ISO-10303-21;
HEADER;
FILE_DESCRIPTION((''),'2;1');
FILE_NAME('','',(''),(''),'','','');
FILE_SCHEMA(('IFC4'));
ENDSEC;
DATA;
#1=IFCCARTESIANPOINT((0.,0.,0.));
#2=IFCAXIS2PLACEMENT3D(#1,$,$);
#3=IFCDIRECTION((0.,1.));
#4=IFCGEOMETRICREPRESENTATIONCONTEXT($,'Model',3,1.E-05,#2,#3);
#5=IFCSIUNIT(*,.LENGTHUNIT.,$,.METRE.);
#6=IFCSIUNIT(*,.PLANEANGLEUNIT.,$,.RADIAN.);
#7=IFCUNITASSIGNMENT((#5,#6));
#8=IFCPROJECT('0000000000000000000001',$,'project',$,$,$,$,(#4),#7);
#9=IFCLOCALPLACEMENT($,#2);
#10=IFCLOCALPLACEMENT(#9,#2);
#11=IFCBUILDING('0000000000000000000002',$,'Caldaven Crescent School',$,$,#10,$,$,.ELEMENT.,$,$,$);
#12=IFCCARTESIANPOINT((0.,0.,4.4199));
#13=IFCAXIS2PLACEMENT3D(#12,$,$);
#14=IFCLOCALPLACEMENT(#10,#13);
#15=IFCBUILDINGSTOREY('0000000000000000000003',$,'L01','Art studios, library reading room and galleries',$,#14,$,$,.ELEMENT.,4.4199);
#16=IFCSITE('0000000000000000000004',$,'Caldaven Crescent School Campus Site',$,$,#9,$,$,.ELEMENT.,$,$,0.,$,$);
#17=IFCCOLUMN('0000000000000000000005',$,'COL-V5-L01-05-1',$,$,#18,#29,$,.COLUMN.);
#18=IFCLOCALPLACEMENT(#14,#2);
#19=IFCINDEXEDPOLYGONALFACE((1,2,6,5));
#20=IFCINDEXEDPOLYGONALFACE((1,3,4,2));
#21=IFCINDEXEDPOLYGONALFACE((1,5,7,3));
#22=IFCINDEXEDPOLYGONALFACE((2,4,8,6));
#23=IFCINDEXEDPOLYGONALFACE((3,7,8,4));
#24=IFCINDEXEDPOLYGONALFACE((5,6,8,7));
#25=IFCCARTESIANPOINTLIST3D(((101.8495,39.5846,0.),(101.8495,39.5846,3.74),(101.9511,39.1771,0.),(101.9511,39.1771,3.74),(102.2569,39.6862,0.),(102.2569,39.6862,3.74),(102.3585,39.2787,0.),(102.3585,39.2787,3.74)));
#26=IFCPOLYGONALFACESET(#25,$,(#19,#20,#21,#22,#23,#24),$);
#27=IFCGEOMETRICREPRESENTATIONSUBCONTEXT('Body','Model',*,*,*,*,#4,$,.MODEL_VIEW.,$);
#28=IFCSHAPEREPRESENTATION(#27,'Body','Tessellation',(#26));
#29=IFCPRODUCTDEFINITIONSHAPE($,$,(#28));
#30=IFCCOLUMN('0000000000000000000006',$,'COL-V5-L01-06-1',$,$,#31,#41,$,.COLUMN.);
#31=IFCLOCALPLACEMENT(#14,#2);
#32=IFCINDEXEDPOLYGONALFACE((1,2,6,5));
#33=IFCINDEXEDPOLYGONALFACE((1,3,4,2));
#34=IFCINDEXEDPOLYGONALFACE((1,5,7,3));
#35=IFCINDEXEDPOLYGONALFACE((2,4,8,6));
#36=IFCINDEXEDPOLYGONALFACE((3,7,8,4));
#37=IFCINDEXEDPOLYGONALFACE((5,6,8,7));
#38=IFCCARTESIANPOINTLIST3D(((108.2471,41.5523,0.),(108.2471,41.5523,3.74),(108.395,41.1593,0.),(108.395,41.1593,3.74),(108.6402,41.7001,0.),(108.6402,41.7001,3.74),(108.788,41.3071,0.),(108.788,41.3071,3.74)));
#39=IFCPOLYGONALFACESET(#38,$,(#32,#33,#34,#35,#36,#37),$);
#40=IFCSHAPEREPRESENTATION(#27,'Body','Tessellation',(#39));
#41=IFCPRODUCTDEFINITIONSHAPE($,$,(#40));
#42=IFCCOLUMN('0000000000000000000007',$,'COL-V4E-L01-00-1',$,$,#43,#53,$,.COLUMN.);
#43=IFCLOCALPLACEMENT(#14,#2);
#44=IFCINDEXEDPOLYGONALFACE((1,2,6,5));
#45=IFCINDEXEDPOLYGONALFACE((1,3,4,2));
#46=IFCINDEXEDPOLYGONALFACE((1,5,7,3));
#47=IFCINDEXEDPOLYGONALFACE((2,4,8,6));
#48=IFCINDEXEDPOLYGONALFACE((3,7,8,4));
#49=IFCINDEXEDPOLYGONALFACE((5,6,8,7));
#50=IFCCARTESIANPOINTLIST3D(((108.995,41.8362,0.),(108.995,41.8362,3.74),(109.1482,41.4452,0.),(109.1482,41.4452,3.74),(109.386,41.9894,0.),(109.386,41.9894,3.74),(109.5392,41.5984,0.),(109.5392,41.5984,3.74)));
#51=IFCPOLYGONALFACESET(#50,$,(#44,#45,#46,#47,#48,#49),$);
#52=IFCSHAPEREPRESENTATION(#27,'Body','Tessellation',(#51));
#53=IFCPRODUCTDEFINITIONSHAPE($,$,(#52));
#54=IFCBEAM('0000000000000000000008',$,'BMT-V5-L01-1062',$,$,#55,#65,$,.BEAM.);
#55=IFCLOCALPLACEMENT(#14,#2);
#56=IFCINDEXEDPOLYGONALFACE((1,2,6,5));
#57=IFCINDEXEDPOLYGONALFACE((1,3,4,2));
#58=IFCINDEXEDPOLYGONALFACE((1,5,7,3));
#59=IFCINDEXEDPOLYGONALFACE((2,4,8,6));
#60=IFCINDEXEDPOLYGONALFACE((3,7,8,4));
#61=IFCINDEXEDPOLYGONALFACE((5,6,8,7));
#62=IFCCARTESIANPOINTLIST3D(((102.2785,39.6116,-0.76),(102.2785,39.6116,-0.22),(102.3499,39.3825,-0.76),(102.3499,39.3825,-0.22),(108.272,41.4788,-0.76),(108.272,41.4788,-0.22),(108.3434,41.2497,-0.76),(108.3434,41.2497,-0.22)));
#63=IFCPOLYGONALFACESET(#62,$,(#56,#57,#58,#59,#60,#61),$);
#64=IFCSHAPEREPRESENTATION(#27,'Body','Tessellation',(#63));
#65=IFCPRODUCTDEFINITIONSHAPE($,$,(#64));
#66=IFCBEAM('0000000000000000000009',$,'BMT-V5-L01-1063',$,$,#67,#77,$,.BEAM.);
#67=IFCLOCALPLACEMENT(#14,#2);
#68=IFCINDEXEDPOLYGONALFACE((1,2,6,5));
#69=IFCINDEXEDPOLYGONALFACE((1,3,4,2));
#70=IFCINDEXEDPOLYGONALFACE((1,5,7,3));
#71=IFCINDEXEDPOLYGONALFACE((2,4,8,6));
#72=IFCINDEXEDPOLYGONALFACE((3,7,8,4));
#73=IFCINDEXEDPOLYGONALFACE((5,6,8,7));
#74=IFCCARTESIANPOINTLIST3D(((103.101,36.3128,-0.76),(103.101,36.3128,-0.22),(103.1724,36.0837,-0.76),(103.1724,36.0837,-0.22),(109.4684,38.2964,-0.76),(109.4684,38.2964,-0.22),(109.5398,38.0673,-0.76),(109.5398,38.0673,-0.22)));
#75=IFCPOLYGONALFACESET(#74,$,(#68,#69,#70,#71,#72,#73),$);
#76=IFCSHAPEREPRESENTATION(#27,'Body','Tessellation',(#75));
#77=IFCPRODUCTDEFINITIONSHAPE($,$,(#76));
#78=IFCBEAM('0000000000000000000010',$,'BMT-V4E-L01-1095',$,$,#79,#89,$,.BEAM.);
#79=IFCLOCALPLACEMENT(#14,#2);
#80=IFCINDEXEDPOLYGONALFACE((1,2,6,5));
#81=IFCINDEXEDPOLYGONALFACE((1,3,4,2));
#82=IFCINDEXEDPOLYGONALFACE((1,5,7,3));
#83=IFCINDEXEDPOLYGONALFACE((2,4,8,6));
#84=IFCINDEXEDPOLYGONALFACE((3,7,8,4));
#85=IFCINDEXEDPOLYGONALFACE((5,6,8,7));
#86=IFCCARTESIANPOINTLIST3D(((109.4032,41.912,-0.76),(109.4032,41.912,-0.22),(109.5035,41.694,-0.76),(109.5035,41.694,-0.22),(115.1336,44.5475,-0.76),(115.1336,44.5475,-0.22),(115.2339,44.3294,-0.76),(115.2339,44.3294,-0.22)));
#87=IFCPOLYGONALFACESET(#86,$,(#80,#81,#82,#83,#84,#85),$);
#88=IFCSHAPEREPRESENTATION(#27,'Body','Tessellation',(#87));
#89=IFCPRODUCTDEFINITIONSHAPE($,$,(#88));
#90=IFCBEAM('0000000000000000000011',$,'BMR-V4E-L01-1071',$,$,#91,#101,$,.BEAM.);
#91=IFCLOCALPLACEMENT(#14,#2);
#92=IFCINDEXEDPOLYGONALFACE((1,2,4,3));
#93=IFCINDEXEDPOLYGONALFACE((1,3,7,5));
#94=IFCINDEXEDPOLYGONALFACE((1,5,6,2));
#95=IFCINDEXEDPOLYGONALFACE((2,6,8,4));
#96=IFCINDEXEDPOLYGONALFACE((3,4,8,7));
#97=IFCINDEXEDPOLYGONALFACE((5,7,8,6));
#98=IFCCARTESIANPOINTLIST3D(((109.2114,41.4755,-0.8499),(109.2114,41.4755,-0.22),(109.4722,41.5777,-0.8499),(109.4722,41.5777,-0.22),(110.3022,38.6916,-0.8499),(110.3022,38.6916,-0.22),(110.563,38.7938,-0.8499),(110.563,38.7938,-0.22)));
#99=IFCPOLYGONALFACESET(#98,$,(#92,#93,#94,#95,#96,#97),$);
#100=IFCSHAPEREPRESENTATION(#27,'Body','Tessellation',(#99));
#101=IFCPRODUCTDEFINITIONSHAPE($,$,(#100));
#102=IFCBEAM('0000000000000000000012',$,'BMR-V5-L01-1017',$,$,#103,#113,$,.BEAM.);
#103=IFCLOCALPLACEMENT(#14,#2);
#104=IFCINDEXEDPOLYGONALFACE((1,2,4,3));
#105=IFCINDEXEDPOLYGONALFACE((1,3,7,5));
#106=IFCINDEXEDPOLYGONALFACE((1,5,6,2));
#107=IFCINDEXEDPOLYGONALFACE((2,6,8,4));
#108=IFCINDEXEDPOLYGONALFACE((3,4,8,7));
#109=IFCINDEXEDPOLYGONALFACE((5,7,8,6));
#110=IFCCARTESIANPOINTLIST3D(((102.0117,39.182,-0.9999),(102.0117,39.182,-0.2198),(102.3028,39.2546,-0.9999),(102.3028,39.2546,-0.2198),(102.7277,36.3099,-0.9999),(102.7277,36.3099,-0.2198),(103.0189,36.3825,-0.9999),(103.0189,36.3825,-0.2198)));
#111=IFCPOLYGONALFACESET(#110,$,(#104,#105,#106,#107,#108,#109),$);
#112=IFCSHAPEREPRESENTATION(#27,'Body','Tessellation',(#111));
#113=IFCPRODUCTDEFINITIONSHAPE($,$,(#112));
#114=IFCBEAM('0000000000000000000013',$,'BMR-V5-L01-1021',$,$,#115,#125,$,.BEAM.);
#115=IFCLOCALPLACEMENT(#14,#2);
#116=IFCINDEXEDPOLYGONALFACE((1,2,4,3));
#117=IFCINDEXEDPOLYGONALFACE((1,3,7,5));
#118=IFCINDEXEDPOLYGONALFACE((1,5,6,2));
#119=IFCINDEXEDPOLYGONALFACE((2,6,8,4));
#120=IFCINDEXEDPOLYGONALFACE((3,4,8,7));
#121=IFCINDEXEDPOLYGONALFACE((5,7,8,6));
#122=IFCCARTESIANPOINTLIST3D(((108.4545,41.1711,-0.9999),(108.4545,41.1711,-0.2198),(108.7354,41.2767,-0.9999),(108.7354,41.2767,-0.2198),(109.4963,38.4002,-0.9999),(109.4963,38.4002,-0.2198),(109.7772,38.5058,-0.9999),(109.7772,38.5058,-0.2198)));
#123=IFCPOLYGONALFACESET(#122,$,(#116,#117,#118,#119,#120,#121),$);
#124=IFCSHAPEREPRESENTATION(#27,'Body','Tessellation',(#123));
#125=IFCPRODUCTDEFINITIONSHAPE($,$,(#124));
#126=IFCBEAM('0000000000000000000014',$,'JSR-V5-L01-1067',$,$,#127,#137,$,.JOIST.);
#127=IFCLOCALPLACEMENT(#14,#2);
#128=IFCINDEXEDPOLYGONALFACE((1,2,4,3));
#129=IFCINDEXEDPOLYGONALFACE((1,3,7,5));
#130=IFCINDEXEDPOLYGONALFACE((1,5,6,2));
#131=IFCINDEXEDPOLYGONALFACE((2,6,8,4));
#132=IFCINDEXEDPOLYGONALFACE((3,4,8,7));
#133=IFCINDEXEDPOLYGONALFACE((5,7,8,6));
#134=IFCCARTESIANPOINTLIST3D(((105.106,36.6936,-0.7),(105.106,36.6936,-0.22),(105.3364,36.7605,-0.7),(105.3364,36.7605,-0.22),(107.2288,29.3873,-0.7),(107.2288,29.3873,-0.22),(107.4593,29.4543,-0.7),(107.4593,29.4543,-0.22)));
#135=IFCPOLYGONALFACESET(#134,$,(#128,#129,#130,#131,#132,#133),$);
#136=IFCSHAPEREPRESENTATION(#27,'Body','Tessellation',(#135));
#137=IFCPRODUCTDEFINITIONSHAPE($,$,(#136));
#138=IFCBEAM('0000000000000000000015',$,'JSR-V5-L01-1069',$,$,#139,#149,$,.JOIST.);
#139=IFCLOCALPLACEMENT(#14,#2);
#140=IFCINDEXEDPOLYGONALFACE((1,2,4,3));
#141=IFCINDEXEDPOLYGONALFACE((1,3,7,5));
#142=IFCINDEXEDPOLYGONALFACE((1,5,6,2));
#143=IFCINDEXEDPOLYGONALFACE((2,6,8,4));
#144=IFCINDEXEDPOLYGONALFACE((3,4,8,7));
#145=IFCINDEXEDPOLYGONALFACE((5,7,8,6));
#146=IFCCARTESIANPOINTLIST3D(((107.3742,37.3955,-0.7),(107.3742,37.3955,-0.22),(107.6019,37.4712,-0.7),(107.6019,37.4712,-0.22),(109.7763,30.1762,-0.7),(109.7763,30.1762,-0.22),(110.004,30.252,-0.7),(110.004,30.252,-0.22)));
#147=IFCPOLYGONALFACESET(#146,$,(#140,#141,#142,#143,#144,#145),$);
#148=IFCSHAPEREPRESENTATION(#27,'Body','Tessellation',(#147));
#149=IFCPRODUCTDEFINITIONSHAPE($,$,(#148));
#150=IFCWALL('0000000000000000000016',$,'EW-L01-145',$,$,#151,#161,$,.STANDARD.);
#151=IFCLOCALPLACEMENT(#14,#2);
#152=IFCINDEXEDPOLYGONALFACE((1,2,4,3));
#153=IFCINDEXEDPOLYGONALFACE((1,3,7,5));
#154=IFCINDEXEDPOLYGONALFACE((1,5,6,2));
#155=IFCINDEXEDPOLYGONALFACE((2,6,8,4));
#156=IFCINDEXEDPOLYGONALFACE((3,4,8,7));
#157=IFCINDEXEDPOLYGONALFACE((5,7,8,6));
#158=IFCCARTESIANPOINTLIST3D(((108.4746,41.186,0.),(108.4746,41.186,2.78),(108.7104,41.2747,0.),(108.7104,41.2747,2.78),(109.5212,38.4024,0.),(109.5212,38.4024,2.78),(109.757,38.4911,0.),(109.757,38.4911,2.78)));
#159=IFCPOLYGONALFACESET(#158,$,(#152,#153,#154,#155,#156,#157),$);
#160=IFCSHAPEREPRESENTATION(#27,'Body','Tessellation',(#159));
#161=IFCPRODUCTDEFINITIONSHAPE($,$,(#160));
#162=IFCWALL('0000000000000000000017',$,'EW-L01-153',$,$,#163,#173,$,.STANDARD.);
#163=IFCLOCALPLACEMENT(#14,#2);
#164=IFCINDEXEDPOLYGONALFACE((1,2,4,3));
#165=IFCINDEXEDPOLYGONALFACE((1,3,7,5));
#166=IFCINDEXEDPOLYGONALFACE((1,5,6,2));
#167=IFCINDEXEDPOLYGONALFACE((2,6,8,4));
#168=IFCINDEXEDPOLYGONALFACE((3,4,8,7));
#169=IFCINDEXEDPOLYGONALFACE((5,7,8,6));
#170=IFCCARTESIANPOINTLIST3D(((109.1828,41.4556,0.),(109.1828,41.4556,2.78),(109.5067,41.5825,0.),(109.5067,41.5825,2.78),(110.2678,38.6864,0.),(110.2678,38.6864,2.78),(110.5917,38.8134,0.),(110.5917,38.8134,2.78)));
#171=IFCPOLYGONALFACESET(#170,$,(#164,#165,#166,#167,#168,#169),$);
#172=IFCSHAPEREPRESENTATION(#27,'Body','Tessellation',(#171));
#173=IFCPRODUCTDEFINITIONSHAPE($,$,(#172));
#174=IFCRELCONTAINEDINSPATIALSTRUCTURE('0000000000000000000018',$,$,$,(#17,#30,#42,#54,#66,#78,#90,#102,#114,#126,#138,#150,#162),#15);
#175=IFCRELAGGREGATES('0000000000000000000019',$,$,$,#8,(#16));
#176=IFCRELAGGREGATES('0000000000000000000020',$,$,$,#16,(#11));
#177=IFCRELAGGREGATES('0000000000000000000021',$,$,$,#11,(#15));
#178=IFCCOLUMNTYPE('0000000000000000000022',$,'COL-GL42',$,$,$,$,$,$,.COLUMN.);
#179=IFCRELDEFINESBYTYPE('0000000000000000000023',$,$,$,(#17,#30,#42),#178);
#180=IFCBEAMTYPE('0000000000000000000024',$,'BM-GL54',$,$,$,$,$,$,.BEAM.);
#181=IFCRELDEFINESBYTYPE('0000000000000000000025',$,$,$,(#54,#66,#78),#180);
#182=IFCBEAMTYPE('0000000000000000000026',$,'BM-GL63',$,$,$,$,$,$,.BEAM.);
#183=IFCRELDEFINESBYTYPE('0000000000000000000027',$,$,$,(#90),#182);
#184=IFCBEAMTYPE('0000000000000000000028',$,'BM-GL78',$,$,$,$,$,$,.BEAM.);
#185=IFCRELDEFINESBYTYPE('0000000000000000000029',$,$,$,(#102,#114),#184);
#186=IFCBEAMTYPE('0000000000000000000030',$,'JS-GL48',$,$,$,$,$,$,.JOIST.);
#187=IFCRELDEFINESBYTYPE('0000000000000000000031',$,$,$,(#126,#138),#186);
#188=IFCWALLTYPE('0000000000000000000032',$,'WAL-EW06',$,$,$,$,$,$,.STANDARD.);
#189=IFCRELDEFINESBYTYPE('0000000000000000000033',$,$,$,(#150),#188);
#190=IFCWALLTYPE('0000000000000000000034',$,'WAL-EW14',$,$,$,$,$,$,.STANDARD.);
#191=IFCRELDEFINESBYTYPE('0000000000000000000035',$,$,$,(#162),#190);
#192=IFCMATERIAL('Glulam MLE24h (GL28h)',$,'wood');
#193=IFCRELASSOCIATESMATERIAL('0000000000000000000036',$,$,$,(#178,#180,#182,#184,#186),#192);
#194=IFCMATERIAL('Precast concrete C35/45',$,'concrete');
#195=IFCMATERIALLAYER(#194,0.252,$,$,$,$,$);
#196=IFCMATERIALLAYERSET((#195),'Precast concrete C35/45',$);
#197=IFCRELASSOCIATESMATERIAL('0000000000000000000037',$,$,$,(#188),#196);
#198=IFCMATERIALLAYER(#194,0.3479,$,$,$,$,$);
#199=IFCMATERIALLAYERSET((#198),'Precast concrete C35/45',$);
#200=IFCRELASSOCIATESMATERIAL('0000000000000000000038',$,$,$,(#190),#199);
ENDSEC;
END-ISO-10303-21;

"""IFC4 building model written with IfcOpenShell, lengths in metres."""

from ifc_helpers import new_model, si_unit, direction, frame, frame_2d, origin, origin_2d, place, context, subcontext, project, spatial, rectangle, extrude, material, layer, layer_set, material_profile, profile_set, type_object, element, save


model = new_model("IFC4")

# Units and contexts
model_context = context("Model", 3, precision=1e-05, world=origin(), true_north=direction((0.0, 1.0)))
body_context = subcontext(model_context, "Body", "Model", "MODEL_VIEW")
ifc_project = project(units=[si_unit("LENGTHUNIT", "METRE"), si_unit("PLANEANGLEUNIT", "RADIAN")], contexts=[model_context])

# Site, building, storey
site_placement = place(None, origin())
site = spatial("IfcSite", under=ifc_project, at=site_placement, Name="Caldaven Crescent School Campus Site", CompositionType="ELEMENT", RefElevation=0.0)
building_placement = place(site_placement, origin())
building = spatial("IfcBuilding", under=site, at=building_placement, Name="Caldaven Crescent School", CompositionType="ELEMENT")
storey_placement = place(building_placement, frame((0.0, 0.0, 4.4199)))
storey = spatial("IfcBuildingStorey", under=building, at=storey_placement, Name="L01", Description="Art studios, library reading room and galleries", CompositionType="ELEMENT", Elevation=4.4199)

# Columns
ifc_material_1 = material(Name="Glulam MLE24h (GL28h)", Category="wood")
ifc_material_profile_1 = material_profile(ifc_material_1, rectangle(XDim=0.4199, YDim=0.4199, at=origin_2d()), Name="MLE 420x420")
ifc_profile_set_1 = profile_set([ifc_material_profile_1], Name="Glulam MLE24h (GL28h)")
column_type = type_object("IfcColumnType", Name="COL-GL42", PredefinedType="COLUMN", material=ifc_profile_set_1)
for number, where, z_axis, x_axis, name in (
    (1, (102.104, 39.4316, 0.0), (0.0, 0.0, 1.0), (0.241922, -0.970296, 0.0), "COL-V5-L01-05-1"),
    (2, (108.5176, 41.4297, 0.0), (0.0, 0.0, 1.0), (0.352005, -0.935998, 0.0), "COL-V5-L01-06-1"),
    (3, (109.2671, 41.7173, 0.0), (0.0, 0.0, 1.0), (0.364714, -0.931119, 0.0), "COL-V4E-L01-00-1"),
):
    element("IfcColumn", number, at=place(storey_placement, frame(where, z_axis=z_axis, x_axis=x_axis)), inside=storey, type_object=column_type, Name=name, PredefinedType="COLUMN", context=body_context, shape_type="SweptSolid", body=[
        extrude(rectangle(XDim=0.4199, YDim=0.4199, at=origin_2d()), origin(), (0.0, 0.0, 1.0), 3.74),
    ])

# Beams
ifc_material_profile_2 = material_profile(ifc_material_1, rectangle(XDim=0.24, YDim=0.54, at=origin_2d()), Name="MLE 240x540")
ifc_profile_set_2 = profile_set([ifc_material_profile_2], Name="Glulam MLE24h (GL28h)")
beam_type_1 = type_object("IfcBeamType", Name="BM-GL54", PredefinedType="BEAM", material=ifc_profile_set_2)
beam_1_placement = place(storey_placement, frame((102.3142, 39.4971, -0.49), z_axis=(0.954741, 0.29744, 0.0), x_axis=(-0.29744, 0.954741, 0.0)))
element("IfcBeam", 4, at=beam_1_placement, inside=storey, type_object=beam_type_1, Name="BMT-V5-L01-1062", PredefinedType="BEAM", context=body_context, shape_type="SweptSolid", body=[
    extrude(rectangle(XDim=0.24, YDim=0.54, at=origin_2d()), origin(), (0.0, 0.0, 1.0), 6.2776),
])
beam_2_placement = place(storey_placement, frame((103.1367, 36.1982, -0.49), z_axis=(0.954743, 0.297431, 0.0), x_axis=(-0.297431, 0.954743, 0.0)))
element("IfcBeam", 5, at=beam_2_placement, inside=storey, type_object=beam_type_1, Name="BMT-V5-L01-1063", PredefinedType="BEAM", context=body_context, shape_type="SweptSolid", body=[
    extrude(rectangle(XDim=0.24, YDim=0.54, at=origin_2d()), origin(), (0.0, 0.0, 1.0), 6.6692),
])
beam_3_placement = place(storey_placement, frame((109.4534, 41.803, -0.49), z_axis=(0.908522, 0.417838, 0.0), x_axis=(-0.417838, 0.908522, 0.0)))
element("IfcBeam", 6, at=beam_3_placement, inside=storey, type_object=beam_type_1, Name="BMT-V4E-L01-1095", PredefinedType="BEAM", context=body_context, shape_type="SweptSolid", body=[
    extrude(rectangle(XDim=0.24, YDim=0.54, at=origin_2d()), origin(), (0.0, 0.0, 1.0), 6.3074),
])
ifc_material_profile_3 = material_profile(ifc_material_1, rectangle(XDim=0.28, YDim=0.6299, at=origin_2d()), Name="MLE 280x630")
ifc_profile_set_3 = profile_set([ifc_material_profile_3], Name="Glulam MLE24h (GL28h)")
beam_type_2 = type_object("IfcBeamType", Name="BM-GL63", PredefinedType="BEAM", material=ifc_profile_set_3)
beam_4_placement = place(storey_placement, frame((109.3418, 41.5266, -0.5349), z_axis=(0.364821, -0.931078, 0.0), x_axis=(0.931078, 0.364821, 0.0)))
element("IfcBeam", 7, at=beam_4_placement, inside=storey, type_object=beam_type_2, Name="BMR-V4E-L01-1071", PredefinedType="BEAM", context=body_context, shape_type="SweptSolid", body=[
    extrude(rectangle(XDim=0.28, YDim=0.6299, at=origin_2d()), origin(), (0.0, 0.0, 1.0), 2.99),
])
ifc_material_profile_4 = material_profile(ifc_material_1, rectangle(XDim=0.3, YDim=0.78, at=origin_2d()), Name="MLE 300x780")
ifc_profile_set_4 = profile_set([ifc_material_profile_4], Name="Glulam MLE24h (GL28h)")
beam_type_3 = type_object("IfcBeamType", Name="BM-GL78", PredefinedType="BEAM", material=ifc_profile_set_4)
beam_5_placement = place(storey_placement, frame((102.1572, 39.2183, -0.6099), z_axis=(0.241915, -0.970298, 0.0), x_axis=(0.970298, 0.241915, 0.0)))
element("IfcBeam", 8, at=beam_5_placement, inside=storey, type_object=beam_type_3, Name="BMR-V5-L01-1017", PredefinedType="BEAM", context=body_context, shape_type="SweptSolid", body=[
    extrude(rectangle(XDim=0.3, YDim=0.78, at=origin_2d()), origin(), (0.0, 0.0, 1.0), 2.96),
])
beam_6_placement = place(storey_placement, frame((108.595, 41.2239, -0.6099), z_axis=(0.351928, -0.936027, 0.0), x_axis=(0.936027, 0.351928, 0.0)))
element("IfcBeam", 9, at=beam_6_placement, inside=storey, type_object=beam_type_3, Name="BMR-V5-L01-1021", PredefinedType="BEAM", context=body_context, shape_type="SweptSolid", body=[
    extrude(rectangle(XDim=0.3, YDim=0.78, at=origin_2d()), origin(), (0.0, 0.0, 1.0), 2.9602),
])
ifc_material_profile_5 = material_profile(ifc_material_1, rectangle(XDim=0.24, YDim=0.48, at=origin_2d()), Name="MLE 240x480")
ifc_profile_set_5 = profile_set([ifc_material_profile_5], Name="Glulam MLE24h (GL28h)")
beam_type_4 = type_object("IfcBeamType", Name="JS-GL48", PredefinedType="JOIST", material=ifc_profile_set_5)
for number, where, z_axis, x_axis, name in (
    (10, (105.2212, 36.7271, -0.46), (0.279012, -0.960288, 0.0), (0.960288, 0.279012, 0.0), "JSR-V5-L01-1067"),
    (11, (107.488, 37.4333, -0.46), (0.315718, -0.948853, 0.0), (0.948853, 0.315718, 0.0), "JSR-V5-L01-1069"),
):
    element("IfcBeam", number, at=place(storey_placement, frame(where, z_axis=z_axis, x_axis=x_axis)), inside=storey, type_object=beam_type_4, Name=name, PredefinedType="JOIST", context=body_context, shape_type="SweptSolid", body=[
        extrude(rectangle(XDim=0.24, YDim=0.48, at=origin_2d()), origin(), (0.0, 0.0, 1.0), 7.6084),
    ])

# Walls
ifc_material_2 = material(Name="Precast concrete C35/45", Category="concrete")
ifc_layer_1 = layer(ifc_material_2, 0.252)
ifc_layer_set_1 = layer_set([ifc_layer_1], Name="Precast concrete C35/45")
wall_type_1 = type_object("IfcWallType", Name="WAL-EW06", PredefinedType="STANDARD", material=ifc_layer_set_1)
wall_1_placement = place(storey_placement, frame((108.5925, 41.2302, 0.0), z_axis=(0.0, 0.0, 1.0), x_axis=(0.351933, -0.936025, 0.0)))
element("IfcWall", 12, at=wall_1_placement, inside=storey, type_object=wall_type_1, Name="EW-L01-145", PredefinedType="STANDARD", context=body_context, shape_type="SweptSolid", body=[
    extrude(rectangle(XDim=2.9739, YDim=0.252, at=frame_2d((1.4868, 0.0))), origin(), (0.0, 0.0, 1.0), 2.78),
])
ifc_layer_2 = layer(ifc_material_2, 0.3479)
ifc_layer_set_2 = layer_set([ifc_layer_2], Name="Precast concrete C35/45")
wall_type_2 = type_object("IfcWallType", Name="WAL-EW14", PredefinedType="STANDARD", material=ifc_layer_set_2)
wall_2_placement = place(storey_placement, frame((109.3447, 41.519, 0.0), z_axis=(0.0, 0.0, 1.0), x_axis=(0.364814, -0.93108, 0.0)))
element("IfcWall", 13, at=wall_2_placement, inside=storey, type_object=wall_type_2, Name="EW-L01-153", PredefinedType="STANDARD", context=body_context, shape_type="SweptSolid", body=[
    extrude(rectangle(XDim=2.9741, YDim=0.3479, at=frame_2d((1.4871, 0.0))), origin(), (0.0, 0.0, 1.0), 2.78),
])

save(model, "model.ifc")
